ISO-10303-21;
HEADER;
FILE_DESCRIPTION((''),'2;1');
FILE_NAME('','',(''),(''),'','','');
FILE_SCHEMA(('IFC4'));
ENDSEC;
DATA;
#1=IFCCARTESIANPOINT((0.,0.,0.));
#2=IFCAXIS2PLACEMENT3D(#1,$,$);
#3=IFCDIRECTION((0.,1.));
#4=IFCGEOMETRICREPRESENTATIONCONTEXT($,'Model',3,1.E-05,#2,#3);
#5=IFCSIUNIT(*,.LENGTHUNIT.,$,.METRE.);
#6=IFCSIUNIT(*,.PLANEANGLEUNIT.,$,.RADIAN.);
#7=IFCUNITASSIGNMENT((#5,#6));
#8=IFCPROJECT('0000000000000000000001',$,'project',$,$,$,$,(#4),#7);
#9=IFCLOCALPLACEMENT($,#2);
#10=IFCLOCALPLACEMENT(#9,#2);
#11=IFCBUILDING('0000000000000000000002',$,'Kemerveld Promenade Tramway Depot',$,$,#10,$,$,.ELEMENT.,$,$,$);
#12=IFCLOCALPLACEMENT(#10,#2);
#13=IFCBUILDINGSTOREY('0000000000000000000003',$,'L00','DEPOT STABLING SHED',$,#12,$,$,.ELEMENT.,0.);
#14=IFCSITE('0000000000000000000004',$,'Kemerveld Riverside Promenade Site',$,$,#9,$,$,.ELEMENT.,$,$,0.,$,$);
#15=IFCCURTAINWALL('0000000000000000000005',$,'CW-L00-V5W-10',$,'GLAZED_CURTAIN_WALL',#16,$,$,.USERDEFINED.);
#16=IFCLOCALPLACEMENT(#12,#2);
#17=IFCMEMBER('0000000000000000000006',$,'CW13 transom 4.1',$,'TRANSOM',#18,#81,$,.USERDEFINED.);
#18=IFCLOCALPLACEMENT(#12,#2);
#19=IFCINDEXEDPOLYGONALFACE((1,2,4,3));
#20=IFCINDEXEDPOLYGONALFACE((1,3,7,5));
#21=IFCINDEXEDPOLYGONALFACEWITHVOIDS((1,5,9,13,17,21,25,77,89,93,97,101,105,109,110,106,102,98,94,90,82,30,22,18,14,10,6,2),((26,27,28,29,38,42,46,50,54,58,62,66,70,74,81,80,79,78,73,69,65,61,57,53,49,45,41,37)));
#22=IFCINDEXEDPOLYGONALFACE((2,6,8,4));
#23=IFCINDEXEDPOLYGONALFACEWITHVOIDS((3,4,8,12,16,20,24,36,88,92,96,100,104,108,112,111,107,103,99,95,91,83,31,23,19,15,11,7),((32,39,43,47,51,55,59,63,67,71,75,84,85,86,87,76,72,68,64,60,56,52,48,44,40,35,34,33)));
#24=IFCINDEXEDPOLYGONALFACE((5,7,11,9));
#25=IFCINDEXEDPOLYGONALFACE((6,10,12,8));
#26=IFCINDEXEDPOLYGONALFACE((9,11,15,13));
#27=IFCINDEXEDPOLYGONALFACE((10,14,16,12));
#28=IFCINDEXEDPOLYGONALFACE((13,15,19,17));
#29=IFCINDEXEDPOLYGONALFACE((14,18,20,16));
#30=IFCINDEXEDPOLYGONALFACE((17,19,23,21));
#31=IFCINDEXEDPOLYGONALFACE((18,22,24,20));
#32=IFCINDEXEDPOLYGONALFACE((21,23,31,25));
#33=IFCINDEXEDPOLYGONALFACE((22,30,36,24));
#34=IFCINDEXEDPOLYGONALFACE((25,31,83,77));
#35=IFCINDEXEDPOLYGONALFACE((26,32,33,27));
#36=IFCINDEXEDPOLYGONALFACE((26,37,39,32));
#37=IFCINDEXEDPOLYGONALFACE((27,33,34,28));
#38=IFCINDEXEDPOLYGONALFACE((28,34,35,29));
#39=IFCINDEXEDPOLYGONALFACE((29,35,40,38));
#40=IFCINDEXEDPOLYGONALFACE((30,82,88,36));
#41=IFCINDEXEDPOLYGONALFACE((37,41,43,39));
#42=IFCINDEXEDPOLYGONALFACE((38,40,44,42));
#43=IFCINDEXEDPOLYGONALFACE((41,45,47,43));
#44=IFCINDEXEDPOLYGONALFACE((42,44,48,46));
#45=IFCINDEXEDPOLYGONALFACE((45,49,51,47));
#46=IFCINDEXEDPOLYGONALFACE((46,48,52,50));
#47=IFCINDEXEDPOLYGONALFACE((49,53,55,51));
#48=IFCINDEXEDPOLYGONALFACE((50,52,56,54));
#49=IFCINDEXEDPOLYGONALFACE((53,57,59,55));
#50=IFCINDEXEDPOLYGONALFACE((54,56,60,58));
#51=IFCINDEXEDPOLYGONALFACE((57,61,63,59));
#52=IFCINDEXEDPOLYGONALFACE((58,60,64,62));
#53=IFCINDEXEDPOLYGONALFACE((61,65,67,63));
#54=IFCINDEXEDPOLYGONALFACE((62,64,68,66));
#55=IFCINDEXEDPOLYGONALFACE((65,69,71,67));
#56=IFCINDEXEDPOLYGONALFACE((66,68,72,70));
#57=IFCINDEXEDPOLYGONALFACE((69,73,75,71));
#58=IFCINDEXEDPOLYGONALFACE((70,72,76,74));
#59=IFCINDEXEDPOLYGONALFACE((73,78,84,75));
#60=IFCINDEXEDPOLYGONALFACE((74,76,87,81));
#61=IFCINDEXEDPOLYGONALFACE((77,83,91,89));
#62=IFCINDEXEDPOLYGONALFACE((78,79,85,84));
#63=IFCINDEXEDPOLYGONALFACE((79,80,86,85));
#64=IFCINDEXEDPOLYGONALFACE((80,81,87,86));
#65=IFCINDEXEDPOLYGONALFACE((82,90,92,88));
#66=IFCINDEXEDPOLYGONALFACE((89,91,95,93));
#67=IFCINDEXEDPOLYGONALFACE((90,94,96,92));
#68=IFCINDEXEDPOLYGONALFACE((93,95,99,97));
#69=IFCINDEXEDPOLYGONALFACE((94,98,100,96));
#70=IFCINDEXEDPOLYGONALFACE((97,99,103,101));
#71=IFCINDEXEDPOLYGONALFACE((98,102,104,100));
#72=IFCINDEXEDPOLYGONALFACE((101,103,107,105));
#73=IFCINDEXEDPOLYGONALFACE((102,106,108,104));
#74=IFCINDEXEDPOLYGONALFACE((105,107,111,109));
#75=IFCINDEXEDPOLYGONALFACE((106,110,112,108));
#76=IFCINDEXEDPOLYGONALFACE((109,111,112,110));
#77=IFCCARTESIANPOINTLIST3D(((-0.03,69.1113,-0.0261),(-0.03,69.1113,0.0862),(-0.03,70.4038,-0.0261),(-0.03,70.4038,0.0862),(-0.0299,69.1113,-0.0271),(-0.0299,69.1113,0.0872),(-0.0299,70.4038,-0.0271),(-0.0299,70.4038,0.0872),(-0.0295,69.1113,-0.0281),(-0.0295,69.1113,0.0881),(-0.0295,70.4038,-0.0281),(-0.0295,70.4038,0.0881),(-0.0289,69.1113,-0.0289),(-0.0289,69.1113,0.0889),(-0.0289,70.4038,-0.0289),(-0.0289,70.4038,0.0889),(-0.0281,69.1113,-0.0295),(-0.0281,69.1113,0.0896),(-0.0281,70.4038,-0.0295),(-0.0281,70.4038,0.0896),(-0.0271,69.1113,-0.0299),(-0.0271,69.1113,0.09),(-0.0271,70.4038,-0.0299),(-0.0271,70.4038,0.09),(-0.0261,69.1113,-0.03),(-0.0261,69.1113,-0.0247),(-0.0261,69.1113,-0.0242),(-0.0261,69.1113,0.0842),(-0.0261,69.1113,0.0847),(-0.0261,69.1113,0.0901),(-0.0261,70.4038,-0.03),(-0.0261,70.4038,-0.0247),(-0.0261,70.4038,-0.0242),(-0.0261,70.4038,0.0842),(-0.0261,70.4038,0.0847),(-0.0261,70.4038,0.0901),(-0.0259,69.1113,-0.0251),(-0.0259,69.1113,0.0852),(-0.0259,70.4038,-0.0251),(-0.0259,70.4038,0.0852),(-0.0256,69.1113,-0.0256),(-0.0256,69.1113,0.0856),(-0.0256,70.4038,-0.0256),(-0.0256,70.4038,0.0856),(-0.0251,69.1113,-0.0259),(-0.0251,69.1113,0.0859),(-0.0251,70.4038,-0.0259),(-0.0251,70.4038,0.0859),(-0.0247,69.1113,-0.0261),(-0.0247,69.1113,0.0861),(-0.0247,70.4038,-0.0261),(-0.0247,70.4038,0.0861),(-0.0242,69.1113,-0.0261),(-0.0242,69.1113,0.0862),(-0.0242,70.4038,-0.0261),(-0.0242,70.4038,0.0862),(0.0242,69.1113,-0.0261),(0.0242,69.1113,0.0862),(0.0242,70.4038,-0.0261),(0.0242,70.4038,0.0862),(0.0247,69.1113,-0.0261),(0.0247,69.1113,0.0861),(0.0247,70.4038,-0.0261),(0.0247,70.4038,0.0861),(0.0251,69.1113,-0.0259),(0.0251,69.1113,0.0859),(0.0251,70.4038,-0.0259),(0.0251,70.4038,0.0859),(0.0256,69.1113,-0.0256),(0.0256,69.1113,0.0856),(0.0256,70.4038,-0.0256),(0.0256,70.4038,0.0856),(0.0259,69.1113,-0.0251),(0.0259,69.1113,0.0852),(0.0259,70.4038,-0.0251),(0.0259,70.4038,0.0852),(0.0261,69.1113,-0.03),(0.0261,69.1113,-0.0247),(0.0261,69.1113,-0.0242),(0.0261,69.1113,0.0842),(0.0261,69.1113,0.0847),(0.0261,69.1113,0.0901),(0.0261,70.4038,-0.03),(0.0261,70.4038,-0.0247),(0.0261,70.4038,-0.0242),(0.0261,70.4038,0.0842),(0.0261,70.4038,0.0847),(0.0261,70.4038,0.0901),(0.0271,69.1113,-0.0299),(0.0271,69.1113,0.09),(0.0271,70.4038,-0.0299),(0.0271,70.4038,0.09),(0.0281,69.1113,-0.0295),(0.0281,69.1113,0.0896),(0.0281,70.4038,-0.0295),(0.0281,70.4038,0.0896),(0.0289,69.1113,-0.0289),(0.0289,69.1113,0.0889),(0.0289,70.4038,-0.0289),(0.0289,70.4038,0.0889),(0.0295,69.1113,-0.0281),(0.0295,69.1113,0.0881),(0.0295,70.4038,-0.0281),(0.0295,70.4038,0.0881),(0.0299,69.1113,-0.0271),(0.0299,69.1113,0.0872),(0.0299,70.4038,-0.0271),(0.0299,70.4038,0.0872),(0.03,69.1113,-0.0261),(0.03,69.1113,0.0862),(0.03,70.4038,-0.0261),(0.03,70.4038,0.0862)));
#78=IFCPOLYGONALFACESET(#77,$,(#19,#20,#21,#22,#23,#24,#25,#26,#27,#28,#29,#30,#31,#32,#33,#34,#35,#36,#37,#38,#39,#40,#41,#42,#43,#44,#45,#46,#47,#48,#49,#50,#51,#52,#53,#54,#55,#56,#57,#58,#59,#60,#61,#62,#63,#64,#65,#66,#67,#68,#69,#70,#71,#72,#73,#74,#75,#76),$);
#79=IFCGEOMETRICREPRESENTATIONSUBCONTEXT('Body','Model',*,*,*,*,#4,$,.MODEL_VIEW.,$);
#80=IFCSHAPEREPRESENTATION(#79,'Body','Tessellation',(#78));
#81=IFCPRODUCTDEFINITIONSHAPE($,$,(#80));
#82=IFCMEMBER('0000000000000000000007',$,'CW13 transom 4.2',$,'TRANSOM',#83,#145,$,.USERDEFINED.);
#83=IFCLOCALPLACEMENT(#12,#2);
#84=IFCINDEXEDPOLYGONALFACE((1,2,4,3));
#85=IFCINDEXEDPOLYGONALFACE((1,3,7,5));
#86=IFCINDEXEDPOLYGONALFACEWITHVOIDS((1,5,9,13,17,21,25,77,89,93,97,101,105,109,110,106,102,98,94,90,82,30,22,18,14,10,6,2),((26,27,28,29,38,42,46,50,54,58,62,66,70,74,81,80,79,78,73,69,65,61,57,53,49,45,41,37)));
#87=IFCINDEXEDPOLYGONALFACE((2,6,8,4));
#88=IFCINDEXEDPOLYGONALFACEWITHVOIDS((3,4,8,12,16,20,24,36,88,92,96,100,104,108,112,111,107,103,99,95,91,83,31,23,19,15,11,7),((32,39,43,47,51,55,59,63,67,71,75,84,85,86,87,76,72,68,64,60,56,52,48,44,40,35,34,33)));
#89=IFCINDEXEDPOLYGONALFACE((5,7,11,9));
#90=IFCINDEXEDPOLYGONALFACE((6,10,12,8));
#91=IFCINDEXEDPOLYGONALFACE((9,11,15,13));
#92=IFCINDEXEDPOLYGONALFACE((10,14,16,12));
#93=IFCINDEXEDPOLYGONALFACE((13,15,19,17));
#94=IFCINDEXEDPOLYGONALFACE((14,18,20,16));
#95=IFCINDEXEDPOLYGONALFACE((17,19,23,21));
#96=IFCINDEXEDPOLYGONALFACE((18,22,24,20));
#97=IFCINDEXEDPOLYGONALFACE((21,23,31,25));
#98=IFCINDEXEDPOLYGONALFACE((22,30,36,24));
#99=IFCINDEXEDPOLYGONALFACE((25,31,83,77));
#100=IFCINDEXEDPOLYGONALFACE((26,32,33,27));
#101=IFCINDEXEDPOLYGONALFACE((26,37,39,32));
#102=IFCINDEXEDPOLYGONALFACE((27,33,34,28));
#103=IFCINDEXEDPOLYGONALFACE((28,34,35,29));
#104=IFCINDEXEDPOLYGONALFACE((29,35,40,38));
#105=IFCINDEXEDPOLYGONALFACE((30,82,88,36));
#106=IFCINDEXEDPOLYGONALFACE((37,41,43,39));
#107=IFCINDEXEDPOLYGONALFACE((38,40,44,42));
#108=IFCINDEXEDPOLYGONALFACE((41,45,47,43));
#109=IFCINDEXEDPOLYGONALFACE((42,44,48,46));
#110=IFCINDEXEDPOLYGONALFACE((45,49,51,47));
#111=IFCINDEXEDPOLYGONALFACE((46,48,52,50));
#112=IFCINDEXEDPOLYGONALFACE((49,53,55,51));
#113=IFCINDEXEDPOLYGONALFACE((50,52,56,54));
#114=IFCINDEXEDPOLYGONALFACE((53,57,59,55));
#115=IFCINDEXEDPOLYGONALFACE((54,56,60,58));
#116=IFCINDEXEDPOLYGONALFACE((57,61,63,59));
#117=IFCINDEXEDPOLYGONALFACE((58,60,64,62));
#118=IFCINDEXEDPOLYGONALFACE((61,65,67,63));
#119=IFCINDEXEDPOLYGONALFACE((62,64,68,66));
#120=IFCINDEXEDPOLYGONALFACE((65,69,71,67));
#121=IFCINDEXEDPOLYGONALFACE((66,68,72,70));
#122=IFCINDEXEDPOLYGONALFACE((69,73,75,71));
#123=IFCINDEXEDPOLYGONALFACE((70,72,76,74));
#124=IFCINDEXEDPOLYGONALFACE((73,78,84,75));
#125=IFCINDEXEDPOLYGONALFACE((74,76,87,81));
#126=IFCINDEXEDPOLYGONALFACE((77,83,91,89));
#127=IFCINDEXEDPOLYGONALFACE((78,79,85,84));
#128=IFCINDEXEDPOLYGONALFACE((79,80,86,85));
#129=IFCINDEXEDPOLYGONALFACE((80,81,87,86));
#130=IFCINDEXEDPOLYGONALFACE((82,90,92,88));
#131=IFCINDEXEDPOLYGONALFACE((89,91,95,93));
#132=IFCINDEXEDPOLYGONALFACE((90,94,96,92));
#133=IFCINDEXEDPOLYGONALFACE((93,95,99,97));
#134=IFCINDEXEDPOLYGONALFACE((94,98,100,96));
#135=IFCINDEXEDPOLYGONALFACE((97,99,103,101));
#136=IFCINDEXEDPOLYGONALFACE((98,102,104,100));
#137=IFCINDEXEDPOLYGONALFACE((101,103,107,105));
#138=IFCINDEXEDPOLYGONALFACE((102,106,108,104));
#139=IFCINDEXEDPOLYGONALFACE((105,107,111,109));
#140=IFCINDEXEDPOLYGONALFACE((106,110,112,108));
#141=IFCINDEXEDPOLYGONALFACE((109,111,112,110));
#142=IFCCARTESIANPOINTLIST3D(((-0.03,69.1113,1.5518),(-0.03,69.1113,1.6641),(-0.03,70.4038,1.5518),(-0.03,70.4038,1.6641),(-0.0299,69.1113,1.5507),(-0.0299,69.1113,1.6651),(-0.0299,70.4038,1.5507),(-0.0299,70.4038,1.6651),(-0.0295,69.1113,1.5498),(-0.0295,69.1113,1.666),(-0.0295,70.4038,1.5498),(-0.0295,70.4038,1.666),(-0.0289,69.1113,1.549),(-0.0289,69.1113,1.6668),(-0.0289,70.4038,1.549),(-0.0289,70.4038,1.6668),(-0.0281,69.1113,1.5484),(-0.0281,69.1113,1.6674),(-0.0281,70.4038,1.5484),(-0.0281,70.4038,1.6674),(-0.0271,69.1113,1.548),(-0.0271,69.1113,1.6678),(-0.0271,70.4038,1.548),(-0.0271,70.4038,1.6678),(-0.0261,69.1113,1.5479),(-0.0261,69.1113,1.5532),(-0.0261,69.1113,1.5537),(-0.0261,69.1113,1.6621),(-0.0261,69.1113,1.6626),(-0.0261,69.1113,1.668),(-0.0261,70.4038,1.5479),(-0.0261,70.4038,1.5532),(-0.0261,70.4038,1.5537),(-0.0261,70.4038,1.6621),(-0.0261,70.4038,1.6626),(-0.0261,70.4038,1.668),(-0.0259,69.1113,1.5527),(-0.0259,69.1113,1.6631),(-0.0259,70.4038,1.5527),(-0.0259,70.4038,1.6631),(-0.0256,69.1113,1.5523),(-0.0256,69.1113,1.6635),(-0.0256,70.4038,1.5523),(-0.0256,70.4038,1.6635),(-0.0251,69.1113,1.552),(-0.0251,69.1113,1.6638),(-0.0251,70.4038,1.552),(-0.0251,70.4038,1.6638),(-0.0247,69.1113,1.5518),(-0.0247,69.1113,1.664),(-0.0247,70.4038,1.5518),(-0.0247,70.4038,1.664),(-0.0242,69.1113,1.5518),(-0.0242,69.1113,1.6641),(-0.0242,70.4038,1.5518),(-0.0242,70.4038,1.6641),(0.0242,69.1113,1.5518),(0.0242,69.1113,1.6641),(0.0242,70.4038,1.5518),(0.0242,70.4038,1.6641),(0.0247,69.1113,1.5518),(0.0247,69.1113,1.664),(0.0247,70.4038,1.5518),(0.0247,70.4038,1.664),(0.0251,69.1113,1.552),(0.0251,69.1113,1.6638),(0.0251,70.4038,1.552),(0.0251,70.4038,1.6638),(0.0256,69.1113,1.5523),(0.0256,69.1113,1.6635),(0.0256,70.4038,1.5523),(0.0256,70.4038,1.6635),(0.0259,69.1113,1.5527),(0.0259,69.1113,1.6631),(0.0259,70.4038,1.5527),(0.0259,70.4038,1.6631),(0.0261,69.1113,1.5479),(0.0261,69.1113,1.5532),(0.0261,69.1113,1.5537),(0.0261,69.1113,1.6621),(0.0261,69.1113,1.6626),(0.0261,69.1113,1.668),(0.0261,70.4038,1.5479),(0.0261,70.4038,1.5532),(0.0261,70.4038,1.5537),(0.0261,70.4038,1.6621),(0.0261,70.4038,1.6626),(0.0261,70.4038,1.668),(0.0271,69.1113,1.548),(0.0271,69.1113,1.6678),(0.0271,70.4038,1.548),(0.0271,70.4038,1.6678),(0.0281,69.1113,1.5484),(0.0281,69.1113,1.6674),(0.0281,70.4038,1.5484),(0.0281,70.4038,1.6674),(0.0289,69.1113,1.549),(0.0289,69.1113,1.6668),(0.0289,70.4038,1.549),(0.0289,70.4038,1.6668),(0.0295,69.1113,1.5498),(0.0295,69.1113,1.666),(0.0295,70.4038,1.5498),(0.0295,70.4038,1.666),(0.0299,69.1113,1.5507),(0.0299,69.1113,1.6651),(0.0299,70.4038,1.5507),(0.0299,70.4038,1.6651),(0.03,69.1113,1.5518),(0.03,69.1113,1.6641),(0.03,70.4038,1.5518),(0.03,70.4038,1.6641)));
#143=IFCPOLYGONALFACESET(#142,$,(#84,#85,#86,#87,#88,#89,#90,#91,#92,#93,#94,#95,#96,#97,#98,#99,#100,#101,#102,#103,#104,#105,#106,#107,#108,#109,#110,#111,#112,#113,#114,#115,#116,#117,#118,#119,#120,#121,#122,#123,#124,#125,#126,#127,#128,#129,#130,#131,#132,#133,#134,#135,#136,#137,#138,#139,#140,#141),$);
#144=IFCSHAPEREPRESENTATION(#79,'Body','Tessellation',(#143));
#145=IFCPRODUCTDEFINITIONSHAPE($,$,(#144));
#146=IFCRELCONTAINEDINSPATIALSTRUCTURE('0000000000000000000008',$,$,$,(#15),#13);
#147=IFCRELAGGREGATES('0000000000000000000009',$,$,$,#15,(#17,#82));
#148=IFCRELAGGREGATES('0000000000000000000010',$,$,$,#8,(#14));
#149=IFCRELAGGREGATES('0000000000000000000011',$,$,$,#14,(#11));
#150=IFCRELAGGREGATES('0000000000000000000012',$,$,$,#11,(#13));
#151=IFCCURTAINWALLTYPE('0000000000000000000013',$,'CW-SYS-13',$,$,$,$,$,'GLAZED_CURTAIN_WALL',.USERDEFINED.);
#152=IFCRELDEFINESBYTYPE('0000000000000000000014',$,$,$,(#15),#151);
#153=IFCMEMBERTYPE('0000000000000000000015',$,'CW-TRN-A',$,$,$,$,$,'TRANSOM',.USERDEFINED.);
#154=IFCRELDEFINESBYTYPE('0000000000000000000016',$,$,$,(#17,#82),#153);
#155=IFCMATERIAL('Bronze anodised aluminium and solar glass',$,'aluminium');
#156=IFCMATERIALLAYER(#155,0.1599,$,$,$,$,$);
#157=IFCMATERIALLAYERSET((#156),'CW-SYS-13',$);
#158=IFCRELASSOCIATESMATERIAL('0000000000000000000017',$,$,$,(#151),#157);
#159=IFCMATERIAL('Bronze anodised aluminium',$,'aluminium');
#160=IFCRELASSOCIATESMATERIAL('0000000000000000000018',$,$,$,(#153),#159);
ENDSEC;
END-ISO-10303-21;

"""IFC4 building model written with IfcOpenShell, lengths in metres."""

from ifc_helpers import new_model, si_unit, direction, frame, origin, origin_2d, place, context, subcontext, project, spatial, hollow_rectangle, extrude, material, layer, layer_set, material_profile, profile_set, type_object, element, aggregate, save


model = new_model("IFC4")

# Units and contexts
model_context = context("Model", 3, precision=1e-05, world=origin(), true_north=direction((0.0, 1.0)))
body_context = subcontext(model_context, "Body", "Model", "MODEL_VIEW")
ifc_project = project(units=[si_unit("LENGTHUNIT", "METRE"), si_unit("PLANEANGLEUNIT", "RADIAN")], contexts=[model_context])

# Site, building, storey
site_placement = place(None, origin())
site = spatial("IfcSite", under=ifc_project, at=site_placement, Name="Kemerveld Riverside Promenade Site", CompositionType="ELEMENT", RefElevation=0.0)
building_placement = place(site_placement, origin())
building = spatial("IfcBuilding", under=site, at=building_placement, Name="Kemerveld Promenade Tramway Depot", CompositionType="ELEMENT")
storey_placement = place(building_placement, origin())
storey = spatial("IfcBuildingStorey", under=building, at=storey_placement, Name="L00", Description="DEPOT STABLING SHED", CompositionType="ELEMENT", Elevation=0.0)

# Curtain wall, members
ifc_material_1 = material(Name="Bronze anodised aluminium and solar glass", Category="aluminium")
ifc_layer_1 = layer(ifc_material_1, 0.1599)
ifc_layer_set_1 = layer_set([ifc_layer_1], Name="CW-SYS-13")
curtain_wall_type = type_object("IfcCurtainWallType", Name="CW-SYS-13", ElementType="GLAZED_CURTAIN_WALL", PredefinedType="USERDEFINED", material=ifc_layer_set_1)
curtain_wall_placement = place(storey_placement, origin())
curtain_wall = element("IfcCurtainWall", 1, at=curtain_wall_placement, inside=storey, type_object=curtain_wall_type, Name="CW-L00-V5W-10", ObjectType="GLAZED_CURTAIN_WALL", PredefinedType="USERDEFINED")
ifc_material_2 = material(Name="Bronze anodised aluminium", Category="aluminium")
ifc_material_profile_1 = material_profile(ifc_material_2, hollow_rectangle(XDim=0.0601, YDim=0.1201, WallThickness=0.0039, InnerFilletRadius=0.002, OuterFilletRadius=0.0039, at=origin_2d()), Name="CW-TRN-120x60")
ifc_profile_set_1 = profile_set([ifc_material_profile_1], Name="Bronze anodised aluminium")
member_type_1 = type_object("IfcMemberType", Name="CW-TRN-A", ElementType="TRANSOM", PredefinedType="USERDEFINED", material=ifc_profile_set_1)
member_1_placement = place(storey_placement, frame((0.0, 69.1113, 0.03), z_axis=(0.0, 1.0, 0.0), x_axis=(-1.0, 0.0, 0.0)))
member_1 = element("IfcMember", 2, at=member_1_placement, type_object=member_type_1, Name="CW13 transom 4.1", ObjectType="TRANSOM", PredefinedType="USERDEFINED", context=body_context, shape_type="SweptSolid", body=[
    extrude(hollow_rectangle(XDim=0.0601, YDim=0.1201, WallThickness=0.0039, InnerFilletRadius=0.002, OuterFilletRadius=0.0039, at=origin_2d()), origin(), (0.0, 0.0, 1.0), 1.2925),
])
member_2_placement = place(storey_placement, frame((0.0, 69.1113, 1.6079), z_axis=(0.0, 1.0, 0.0), x_axis=(-1.0, 0.0, 0.0)))
member_2 = element("IfcMember", 3, at=member_2_placement, type_object=member_type_1, Name="CW13 transom 4.2", ObjectType="TRANSOM", PredefinedType="USERDEFINED", context=body_context, shape_type="SweptSolid", body=[
    extrude(hollow_rectangle(XDim=0.0601, YDim=0.1201, WallThickness=0.0039, InnerFilletRadius=0.002, OuterFilletRadius=0.0039, at=origin_2d()), origin(), (0.0, 0.0, 1.0), 1.2925),
])
aggregate(curtain_wall, [member_1, member_2])

save(model, "model.ifc")
